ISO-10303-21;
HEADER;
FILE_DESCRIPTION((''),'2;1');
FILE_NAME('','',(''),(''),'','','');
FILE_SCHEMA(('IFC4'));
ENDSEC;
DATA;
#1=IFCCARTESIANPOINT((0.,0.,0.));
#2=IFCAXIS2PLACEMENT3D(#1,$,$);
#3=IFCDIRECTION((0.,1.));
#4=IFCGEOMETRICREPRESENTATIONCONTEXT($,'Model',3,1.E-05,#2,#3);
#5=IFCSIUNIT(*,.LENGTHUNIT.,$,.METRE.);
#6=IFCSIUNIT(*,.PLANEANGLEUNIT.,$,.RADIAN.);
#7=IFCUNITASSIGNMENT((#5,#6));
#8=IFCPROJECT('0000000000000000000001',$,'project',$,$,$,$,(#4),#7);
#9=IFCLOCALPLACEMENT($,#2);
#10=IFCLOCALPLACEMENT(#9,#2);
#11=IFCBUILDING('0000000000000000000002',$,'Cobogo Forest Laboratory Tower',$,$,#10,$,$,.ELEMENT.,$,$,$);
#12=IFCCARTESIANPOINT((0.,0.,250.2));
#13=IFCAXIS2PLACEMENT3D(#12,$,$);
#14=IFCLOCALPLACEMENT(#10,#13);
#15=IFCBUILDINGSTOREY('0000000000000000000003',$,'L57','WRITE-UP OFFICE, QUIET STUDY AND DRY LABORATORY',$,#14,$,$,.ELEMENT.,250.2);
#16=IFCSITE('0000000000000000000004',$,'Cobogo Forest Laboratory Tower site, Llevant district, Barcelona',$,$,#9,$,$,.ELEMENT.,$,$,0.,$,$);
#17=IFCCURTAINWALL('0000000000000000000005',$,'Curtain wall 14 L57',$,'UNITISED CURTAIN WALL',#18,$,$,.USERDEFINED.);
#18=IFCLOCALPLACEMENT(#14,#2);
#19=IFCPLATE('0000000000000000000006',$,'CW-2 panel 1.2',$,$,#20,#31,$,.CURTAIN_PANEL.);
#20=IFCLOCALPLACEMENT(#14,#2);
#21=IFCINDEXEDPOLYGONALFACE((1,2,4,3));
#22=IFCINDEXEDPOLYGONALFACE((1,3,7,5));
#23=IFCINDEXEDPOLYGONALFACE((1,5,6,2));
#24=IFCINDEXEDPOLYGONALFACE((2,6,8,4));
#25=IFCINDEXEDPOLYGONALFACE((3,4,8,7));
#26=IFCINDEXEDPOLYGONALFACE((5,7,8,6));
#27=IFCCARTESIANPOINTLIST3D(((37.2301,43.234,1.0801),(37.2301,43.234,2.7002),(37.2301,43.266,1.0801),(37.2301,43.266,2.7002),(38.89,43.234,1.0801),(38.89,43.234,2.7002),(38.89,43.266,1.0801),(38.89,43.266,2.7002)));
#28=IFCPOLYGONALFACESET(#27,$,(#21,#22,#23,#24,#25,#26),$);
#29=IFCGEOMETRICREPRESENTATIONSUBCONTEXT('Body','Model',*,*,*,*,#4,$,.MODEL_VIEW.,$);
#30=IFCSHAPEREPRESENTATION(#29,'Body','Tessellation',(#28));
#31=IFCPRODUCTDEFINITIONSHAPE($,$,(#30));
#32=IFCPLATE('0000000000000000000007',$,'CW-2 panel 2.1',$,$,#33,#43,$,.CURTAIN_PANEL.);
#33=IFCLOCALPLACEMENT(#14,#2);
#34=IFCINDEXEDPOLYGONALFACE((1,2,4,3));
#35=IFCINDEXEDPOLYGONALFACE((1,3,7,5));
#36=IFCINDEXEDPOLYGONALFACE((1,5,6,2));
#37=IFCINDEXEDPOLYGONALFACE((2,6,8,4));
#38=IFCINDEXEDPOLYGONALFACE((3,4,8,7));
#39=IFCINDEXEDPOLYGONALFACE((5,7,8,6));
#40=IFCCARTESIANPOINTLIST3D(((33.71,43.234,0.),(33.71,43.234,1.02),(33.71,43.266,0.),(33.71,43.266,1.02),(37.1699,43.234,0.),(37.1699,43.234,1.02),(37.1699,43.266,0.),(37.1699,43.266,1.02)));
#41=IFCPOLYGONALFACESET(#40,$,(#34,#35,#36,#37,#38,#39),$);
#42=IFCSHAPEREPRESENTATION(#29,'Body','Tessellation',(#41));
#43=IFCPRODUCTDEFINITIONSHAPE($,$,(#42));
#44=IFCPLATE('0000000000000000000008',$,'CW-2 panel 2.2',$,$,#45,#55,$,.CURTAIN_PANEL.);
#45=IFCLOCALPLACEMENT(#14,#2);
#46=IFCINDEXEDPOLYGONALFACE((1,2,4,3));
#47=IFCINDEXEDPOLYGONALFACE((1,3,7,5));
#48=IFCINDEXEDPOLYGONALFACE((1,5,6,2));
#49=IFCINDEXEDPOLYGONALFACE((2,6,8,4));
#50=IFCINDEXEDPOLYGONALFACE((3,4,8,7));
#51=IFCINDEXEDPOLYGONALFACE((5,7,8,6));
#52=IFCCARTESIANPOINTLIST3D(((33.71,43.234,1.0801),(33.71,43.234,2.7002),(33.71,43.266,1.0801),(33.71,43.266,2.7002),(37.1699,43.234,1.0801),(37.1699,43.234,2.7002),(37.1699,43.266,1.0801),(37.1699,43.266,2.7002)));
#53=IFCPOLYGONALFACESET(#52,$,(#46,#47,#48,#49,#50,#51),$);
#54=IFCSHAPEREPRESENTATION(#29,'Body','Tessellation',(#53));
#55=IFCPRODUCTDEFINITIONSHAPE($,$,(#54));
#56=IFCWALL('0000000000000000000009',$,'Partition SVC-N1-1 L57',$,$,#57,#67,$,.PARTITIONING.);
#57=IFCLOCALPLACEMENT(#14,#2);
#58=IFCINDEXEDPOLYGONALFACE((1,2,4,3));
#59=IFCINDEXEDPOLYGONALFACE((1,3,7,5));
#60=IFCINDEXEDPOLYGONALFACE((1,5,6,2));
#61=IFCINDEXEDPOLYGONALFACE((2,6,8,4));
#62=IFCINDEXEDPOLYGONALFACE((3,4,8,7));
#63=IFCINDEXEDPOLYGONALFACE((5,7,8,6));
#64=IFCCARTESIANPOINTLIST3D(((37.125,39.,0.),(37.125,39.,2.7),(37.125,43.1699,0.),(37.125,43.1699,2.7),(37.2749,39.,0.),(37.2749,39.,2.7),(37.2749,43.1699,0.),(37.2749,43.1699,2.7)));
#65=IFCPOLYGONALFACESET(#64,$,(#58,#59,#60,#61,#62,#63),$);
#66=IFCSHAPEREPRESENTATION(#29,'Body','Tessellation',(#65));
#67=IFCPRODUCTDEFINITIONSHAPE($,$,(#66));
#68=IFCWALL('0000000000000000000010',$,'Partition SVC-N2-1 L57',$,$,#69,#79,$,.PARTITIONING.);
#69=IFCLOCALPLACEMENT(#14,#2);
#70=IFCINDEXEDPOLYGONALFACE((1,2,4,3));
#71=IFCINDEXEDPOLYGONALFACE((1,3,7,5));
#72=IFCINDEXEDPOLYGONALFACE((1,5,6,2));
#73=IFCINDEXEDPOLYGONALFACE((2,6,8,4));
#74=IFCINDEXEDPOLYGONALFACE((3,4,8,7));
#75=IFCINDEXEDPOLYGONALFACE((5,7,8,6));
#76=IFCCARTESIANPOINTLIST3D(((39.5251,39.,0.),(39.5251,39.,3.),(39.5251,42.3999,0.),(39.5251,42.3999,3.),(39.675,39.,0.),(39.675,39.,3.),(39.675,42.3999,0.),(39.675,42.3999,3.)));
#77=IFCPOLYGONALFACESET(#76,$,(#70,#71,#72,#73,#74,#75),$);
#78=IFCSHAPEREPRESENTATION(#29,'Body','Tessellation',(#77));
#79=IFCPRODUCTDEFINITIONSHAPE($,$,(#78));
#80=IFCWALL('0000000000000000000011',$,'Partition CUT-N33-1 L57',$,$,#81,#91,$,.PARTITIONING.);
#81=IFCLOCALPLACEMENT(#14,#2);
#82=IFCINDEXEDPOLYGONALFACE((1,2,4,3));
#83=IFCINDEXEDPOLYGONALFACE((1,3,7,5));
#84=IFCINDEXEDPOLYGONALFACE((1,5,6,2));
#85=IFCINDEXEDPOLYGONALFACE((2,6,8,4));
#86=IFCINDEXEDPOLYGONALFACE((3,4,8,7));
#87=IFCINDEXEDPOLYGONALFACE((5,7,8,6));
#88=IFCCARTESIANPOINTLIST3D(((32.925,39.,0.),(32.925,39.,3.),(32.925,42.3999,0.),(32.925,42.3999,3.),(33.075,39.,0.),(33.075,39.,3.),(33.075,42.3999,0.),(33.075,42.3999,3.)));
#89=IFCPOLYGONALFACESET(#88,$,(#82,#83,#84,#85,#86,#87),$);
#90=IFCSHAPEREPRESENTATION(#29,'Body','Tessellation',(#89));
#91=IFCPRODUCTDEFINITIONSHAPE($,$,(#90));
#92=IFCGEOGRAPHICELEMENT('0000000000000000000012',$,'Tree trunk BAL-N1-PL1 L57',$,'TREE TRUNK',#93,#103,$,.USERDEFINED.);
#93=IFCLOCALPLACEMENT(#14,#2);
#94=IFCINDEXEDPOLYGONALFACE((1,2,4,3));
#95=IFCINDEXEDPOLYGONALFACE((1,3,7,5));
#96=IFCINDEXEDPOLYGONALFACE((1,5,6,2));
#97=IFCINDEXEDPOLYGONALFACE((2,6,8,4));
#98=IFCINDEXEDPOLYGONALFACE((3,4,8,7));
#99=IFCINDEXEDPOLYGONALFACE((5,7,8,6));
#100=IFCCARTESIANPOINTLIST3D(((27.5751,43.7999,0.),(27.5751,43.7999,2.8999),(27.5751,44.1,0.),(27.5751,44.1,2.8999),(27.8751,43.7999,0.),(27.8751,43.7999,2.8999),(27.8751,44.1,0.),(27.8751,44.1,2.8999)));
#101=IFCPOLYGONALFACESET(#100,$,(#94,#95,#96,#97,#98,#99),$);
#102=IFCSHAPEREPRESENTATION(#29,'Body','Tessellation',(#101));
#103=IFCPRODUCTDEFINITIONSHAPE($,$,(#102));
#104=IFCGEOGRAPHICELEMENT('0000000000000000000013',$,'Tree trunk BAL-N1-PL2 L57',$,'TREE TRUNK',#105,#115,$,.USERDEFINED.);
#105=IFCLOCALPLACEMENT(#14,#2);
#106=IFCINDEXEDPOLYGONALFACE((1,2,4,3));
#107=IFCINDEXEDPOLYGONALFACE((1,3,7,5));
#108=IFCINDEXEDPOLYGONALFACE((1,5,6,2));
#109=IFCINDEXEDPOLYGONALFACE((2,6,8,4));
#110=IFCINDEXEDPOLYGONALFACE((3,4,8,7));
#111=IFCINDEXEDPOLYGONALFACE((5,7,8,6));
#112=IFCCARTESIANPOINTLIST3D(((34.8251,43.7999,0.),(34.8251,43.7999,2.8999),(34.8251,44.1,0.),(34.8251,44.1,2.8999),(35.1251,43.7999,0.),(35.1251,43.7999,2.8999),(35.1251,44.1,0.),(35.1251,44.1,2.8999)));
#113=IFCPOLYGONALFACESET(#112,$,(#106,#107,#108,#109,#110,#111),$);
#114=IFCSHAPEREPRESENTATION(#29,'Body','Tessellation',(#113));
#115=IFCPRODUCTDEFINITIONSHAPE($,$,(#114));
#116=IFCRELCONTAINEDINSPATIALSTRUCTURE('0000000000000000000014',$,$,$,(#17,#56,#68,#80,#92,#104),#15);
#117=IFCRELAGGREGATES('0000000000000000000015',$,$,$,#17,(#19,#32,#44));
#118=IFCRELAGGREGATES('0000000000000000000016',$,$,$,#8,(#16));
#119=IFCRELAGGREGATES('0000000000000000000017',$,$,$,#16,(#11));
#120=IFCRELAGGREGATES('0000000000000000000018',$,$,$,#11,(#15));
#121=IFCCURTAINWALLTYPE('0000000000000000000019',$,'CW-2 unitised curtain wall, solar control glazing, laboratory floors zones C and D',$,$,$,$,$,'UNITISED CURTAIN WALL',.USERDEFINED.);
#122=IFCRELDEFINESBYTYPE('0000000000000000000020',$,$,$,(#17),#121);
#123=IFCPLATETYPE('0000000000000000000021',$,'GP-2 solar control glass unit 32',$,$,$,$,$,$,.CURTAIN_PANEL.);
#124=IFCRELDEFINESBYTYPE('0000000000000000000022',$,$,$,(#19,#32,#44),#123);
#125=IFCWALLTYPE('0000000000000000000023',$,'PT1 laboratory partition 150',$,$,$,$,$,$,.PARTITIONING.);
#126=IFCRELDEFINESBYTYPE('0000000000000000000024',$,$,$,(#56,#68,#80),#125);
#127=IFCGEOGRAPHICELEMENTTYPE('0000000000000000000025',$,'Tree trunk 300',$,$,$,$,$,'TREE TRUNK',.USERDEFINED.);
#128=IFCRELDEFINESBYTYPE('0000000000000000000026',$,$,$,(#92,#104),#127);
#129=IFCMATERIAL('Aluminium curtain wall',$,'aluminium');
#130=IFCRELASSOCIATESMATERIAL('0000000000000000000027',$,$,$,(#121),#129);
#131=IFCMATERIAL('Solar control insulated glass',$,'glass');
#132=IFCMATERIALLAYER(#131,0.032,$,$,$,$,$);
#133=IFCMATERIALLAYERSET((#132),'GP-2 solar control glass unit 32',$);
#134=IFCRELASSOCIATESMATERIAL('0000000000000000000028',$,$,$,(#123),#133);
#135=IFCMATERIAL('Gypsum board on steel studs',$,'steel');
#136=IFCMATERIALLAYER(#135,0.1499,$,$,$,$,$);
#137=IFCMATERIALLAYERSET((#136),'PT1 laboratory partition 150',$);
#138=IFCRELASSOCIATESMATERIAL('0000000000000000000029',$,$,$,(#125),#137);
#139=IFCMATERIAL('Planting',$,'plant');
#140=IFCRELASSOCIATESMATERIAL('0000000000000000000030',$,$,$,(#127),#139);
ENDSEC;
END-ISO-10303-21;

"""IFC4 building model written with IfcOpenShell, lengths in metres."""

from ifc_helpers import new_model, si_unit, direction, frame, frame_2d, origin, origin_2d, place, context, subcontext, project, spatial, rectangle, extrude, material, layer, layer_set, type_object, element, aggregate, save


model = new_model("IFC4")

# Units and contexts
model_context = context("Model", 3, precision=1e-05, world=origin(), true_north=direction((0.0, 1.0)))
body_context = subcontext(model_context, "Body", "Model", "MODEL_VIEW")
ifc_project = project(units=[si_unit("LENGTHUNIT", "METRE"), si_unit("PLANEANGLEUNIT", "RADIAN")], contexts=[model_context])

# Site, building, storey
site_placement = place(None, origin())
site = spatial("IfcSite", under=ifc_project, at=site_placement, Name="Cobogo Forest Laboratory Tower site, Llevant district, Barcelona", CompositionType="ELEMENT", RefElevation=0.0)
building_placement = place(site_placement, origin())
building = spatial("IfcBuilding", under=site, at=building_placement, Name="Cobogo Forest Laboratory Tower", CompositionType="ELEMENT")
storey_placement = place(building_placement, frame((0.0, 0.0, 250.2)))
storey = spatial("IfcBuildingStorey", under=building, at=storey_placement, Name="L57", Description="WRITE-UP OFFICE, QUIET STUDY AND DRY LABORATORY", CompositionType="ELEMENT", Elevation=250.2)

# Curtain wall
ifc_material_1 = material(Name="Aluminium curtain wall", Category="aluminium")
curtain_wall_type = type_object("IfcCurtainWallType", Name="CW-2 unitised curtain wall, solar control glazing, laboratory floors zones C and D", ElementType="UNITISED CURTAIN WALL", PredefinedType="USERDEFINED", material=ifc_material_1)
curtain_wall_placement = place(storey_placement, origin())
curtain_wall = element("IfcCurtainWall", 1, at=curtain_wall_placement, inside=storey, type_object=curtain_wall_type, Name="Curtain wall 14 L57", ObjectType="UNITISED CURTAIN WALL", PredefinedType="USERDEFINED")

# Plates
ifc_material_2 = material(Name="Solar control insulated glass", Category="glass")
ifc_layer_1 = layer(ifc_material_2, 0.032)
ifc_layer_set_1 = layer_set([ifc_layer_1], Name="GP-2 solar control glass unit 32")
plate_type = type_object("IfcPlateType", Name="GP-2 solar control glass unit 32", PredefinedType="CURTAIN_PANEL", material=ifc_layer_set_1)
plate_1_placement = place(storey_placement, frame((38.0601, 43.25, 1.0801), z_axis=(0.0, 0.0, 1.0), x_axis=(-1.0, 0.0, 0.0)))
plate_1 = element("IfcPlate", 2, at=plate_1_placement, type_object=plate_type, Name="CW-2 panel 1.2", PredefinedType="CURTAIN_PANEL", context=body_context, shape_type="SweptSolid", body=[
    extrude(rectangle(XDim=1.6599, YDim=0.032, at=origin_2d()), origin(), (0.0, 0.0, 1.0), 1.6201),
])
plate_2_placement = place(storey_placement, frame((35.4399, 43.25, 0.0), z_axis=(0.0, 0.0, 1.0), x_axis=(-1.0, 0.0, 0.0)))
plate_2 = element("IfcPlate", 3, at=plate_2_placement, type_object=plate_type, Name="CW-2 panel 2.1", PredefinedType="CURTAIN_PANEL", context=body_context, shape_type="SweptSolid", body=[
    extrude(rectangle(XDim=3.46, YDim=0.032, at=origin_2d()), origin(), (0.0, 0.0, 1.0), 1.02),
])
plate_3_placement = place(storey_placement, frame((35.4399, 43.25, 1.0801), z_axis=(0.0, 0.0, 1.0), x_axis=(-1.0, 0.0, 0.0)))
plate_3 = element("IfcPlate", 4, at=plate_3_placement, type_object=plate_type, Name="CW-2 panel 2.2", PredefinedType="CURTAIN_PANEL", context=body_context, shape_type="SweptSolid", body=[
    extrude(rectangle(XDim=3.46, YDim=0.032, at=origin_2d()), origin(), (0.0, 0.0, 1.0), 1.6201),
])
aggregate(curtain_wall, [plate_1, plate_2, plate_3])

# Walls
ifc_material_3 = material(Name="Gypsum board on steel studs", Category="steel")
ifc_layer_2 = layer(ifc_material_3, 0.1499)
ifc_layer_set_2 = layer_set([ifc_layer_2], Name="PT1 laboratory partition 150")
wall_type_1 = type_object("IfcWallType", Name="PT1 laboratory partition 150", PredefinedType="PARTITIONING", material=ifc_layer_set_2)
wall_1_placement = place(storey_placement, frame((37.2, 43.1699, 0.0), z_axis=(0.0, 0.0, 1.0), x_axis=(0.0, -1.0, 0.0)))
element("IfcWall", 5, at=wall_1_placement, inside=storey, type_object=wall_type_1, Name="Partition SVC-N1-1 L57", PredefinedType="PARTITIONING", context=body_context, shape_type="SweptSolid", body=[
    extrude(rectangle(XDim=4.1699, YDim=0.1499, at=frame_2d((2.085, 0.0))), origin(), (0.0, 0.0, 1.0), 2.7),
])
for number, where, z_axis, x_axis, name in (
    (6, (39.6001, 42.3999, 0.0), (0.0, 0.0, 1.0), (0.0, -1.0, 0.0), "Partition SVC-N2-1 L57"),
    (7, (33.0, 42.3999, 0.0), (0.0, 0.0, 1.0), (0.0, -1.0, 0.0), "Partition CUT-N33-1 L57"),
):
    element("IfcWall", number, at=place(storey_placement, frame(where, z_axis=z_axis, x_axis=x_axis)), inside=storey, type_object=wall_type_1, Name=name, PredefinedType="PARTITIONING", context=body_context, shape_type="SweptSolid", body=[
        extrude(rectangle(XDim=3.3999, YDim=0.1499, at=frame_2d((1.7, 0.0))), origin(), (0.0, 0.0, 1.0), 3.0),
    ])

# Geographic elements
ifc_material_4 = material(Name="Planting", Category="plant")
geographic_element_type = type_object("IfcGeographicElementType", Name="Tree trunk 300", ElementType="TREE TRUNK", PredefinedType="USERDEFINED", material=ifc_material_4)
for number, where, z_axis, x_axis, name in (
    (8, (27.7251, 43.95, 0.0), (0.0, 0.0, 1.0), (1.0, 0.0, 0.0), "Tree trunk BAL-N1-PL1 L57"),
    (9, (34.9751, 43.95, 0.0), (0.0, 0.0, 1.0), (1.0, 0.0, 0.0), "Tree trunk BAL-N1-PL2 L57"),
):
    element("IfcGeographicElement", number, at=place(storey_placement, frame(where, z_axis=z_axis, x_axis=x_axis)), inside=storey, type_object=geographic_element_type, Name=name, ObjectType="TREE TRUNK", PredefinedType="USERDEFINED", context=body_context, shape_type="SweptSolid", body=[
        extrude(rectangle(XDim=0.3, YDim=0.3, at=origin_2d()), origin(), (0.0, 0.0, 1.0), 2.8999),
    ])

save(model, "model.ifc")
